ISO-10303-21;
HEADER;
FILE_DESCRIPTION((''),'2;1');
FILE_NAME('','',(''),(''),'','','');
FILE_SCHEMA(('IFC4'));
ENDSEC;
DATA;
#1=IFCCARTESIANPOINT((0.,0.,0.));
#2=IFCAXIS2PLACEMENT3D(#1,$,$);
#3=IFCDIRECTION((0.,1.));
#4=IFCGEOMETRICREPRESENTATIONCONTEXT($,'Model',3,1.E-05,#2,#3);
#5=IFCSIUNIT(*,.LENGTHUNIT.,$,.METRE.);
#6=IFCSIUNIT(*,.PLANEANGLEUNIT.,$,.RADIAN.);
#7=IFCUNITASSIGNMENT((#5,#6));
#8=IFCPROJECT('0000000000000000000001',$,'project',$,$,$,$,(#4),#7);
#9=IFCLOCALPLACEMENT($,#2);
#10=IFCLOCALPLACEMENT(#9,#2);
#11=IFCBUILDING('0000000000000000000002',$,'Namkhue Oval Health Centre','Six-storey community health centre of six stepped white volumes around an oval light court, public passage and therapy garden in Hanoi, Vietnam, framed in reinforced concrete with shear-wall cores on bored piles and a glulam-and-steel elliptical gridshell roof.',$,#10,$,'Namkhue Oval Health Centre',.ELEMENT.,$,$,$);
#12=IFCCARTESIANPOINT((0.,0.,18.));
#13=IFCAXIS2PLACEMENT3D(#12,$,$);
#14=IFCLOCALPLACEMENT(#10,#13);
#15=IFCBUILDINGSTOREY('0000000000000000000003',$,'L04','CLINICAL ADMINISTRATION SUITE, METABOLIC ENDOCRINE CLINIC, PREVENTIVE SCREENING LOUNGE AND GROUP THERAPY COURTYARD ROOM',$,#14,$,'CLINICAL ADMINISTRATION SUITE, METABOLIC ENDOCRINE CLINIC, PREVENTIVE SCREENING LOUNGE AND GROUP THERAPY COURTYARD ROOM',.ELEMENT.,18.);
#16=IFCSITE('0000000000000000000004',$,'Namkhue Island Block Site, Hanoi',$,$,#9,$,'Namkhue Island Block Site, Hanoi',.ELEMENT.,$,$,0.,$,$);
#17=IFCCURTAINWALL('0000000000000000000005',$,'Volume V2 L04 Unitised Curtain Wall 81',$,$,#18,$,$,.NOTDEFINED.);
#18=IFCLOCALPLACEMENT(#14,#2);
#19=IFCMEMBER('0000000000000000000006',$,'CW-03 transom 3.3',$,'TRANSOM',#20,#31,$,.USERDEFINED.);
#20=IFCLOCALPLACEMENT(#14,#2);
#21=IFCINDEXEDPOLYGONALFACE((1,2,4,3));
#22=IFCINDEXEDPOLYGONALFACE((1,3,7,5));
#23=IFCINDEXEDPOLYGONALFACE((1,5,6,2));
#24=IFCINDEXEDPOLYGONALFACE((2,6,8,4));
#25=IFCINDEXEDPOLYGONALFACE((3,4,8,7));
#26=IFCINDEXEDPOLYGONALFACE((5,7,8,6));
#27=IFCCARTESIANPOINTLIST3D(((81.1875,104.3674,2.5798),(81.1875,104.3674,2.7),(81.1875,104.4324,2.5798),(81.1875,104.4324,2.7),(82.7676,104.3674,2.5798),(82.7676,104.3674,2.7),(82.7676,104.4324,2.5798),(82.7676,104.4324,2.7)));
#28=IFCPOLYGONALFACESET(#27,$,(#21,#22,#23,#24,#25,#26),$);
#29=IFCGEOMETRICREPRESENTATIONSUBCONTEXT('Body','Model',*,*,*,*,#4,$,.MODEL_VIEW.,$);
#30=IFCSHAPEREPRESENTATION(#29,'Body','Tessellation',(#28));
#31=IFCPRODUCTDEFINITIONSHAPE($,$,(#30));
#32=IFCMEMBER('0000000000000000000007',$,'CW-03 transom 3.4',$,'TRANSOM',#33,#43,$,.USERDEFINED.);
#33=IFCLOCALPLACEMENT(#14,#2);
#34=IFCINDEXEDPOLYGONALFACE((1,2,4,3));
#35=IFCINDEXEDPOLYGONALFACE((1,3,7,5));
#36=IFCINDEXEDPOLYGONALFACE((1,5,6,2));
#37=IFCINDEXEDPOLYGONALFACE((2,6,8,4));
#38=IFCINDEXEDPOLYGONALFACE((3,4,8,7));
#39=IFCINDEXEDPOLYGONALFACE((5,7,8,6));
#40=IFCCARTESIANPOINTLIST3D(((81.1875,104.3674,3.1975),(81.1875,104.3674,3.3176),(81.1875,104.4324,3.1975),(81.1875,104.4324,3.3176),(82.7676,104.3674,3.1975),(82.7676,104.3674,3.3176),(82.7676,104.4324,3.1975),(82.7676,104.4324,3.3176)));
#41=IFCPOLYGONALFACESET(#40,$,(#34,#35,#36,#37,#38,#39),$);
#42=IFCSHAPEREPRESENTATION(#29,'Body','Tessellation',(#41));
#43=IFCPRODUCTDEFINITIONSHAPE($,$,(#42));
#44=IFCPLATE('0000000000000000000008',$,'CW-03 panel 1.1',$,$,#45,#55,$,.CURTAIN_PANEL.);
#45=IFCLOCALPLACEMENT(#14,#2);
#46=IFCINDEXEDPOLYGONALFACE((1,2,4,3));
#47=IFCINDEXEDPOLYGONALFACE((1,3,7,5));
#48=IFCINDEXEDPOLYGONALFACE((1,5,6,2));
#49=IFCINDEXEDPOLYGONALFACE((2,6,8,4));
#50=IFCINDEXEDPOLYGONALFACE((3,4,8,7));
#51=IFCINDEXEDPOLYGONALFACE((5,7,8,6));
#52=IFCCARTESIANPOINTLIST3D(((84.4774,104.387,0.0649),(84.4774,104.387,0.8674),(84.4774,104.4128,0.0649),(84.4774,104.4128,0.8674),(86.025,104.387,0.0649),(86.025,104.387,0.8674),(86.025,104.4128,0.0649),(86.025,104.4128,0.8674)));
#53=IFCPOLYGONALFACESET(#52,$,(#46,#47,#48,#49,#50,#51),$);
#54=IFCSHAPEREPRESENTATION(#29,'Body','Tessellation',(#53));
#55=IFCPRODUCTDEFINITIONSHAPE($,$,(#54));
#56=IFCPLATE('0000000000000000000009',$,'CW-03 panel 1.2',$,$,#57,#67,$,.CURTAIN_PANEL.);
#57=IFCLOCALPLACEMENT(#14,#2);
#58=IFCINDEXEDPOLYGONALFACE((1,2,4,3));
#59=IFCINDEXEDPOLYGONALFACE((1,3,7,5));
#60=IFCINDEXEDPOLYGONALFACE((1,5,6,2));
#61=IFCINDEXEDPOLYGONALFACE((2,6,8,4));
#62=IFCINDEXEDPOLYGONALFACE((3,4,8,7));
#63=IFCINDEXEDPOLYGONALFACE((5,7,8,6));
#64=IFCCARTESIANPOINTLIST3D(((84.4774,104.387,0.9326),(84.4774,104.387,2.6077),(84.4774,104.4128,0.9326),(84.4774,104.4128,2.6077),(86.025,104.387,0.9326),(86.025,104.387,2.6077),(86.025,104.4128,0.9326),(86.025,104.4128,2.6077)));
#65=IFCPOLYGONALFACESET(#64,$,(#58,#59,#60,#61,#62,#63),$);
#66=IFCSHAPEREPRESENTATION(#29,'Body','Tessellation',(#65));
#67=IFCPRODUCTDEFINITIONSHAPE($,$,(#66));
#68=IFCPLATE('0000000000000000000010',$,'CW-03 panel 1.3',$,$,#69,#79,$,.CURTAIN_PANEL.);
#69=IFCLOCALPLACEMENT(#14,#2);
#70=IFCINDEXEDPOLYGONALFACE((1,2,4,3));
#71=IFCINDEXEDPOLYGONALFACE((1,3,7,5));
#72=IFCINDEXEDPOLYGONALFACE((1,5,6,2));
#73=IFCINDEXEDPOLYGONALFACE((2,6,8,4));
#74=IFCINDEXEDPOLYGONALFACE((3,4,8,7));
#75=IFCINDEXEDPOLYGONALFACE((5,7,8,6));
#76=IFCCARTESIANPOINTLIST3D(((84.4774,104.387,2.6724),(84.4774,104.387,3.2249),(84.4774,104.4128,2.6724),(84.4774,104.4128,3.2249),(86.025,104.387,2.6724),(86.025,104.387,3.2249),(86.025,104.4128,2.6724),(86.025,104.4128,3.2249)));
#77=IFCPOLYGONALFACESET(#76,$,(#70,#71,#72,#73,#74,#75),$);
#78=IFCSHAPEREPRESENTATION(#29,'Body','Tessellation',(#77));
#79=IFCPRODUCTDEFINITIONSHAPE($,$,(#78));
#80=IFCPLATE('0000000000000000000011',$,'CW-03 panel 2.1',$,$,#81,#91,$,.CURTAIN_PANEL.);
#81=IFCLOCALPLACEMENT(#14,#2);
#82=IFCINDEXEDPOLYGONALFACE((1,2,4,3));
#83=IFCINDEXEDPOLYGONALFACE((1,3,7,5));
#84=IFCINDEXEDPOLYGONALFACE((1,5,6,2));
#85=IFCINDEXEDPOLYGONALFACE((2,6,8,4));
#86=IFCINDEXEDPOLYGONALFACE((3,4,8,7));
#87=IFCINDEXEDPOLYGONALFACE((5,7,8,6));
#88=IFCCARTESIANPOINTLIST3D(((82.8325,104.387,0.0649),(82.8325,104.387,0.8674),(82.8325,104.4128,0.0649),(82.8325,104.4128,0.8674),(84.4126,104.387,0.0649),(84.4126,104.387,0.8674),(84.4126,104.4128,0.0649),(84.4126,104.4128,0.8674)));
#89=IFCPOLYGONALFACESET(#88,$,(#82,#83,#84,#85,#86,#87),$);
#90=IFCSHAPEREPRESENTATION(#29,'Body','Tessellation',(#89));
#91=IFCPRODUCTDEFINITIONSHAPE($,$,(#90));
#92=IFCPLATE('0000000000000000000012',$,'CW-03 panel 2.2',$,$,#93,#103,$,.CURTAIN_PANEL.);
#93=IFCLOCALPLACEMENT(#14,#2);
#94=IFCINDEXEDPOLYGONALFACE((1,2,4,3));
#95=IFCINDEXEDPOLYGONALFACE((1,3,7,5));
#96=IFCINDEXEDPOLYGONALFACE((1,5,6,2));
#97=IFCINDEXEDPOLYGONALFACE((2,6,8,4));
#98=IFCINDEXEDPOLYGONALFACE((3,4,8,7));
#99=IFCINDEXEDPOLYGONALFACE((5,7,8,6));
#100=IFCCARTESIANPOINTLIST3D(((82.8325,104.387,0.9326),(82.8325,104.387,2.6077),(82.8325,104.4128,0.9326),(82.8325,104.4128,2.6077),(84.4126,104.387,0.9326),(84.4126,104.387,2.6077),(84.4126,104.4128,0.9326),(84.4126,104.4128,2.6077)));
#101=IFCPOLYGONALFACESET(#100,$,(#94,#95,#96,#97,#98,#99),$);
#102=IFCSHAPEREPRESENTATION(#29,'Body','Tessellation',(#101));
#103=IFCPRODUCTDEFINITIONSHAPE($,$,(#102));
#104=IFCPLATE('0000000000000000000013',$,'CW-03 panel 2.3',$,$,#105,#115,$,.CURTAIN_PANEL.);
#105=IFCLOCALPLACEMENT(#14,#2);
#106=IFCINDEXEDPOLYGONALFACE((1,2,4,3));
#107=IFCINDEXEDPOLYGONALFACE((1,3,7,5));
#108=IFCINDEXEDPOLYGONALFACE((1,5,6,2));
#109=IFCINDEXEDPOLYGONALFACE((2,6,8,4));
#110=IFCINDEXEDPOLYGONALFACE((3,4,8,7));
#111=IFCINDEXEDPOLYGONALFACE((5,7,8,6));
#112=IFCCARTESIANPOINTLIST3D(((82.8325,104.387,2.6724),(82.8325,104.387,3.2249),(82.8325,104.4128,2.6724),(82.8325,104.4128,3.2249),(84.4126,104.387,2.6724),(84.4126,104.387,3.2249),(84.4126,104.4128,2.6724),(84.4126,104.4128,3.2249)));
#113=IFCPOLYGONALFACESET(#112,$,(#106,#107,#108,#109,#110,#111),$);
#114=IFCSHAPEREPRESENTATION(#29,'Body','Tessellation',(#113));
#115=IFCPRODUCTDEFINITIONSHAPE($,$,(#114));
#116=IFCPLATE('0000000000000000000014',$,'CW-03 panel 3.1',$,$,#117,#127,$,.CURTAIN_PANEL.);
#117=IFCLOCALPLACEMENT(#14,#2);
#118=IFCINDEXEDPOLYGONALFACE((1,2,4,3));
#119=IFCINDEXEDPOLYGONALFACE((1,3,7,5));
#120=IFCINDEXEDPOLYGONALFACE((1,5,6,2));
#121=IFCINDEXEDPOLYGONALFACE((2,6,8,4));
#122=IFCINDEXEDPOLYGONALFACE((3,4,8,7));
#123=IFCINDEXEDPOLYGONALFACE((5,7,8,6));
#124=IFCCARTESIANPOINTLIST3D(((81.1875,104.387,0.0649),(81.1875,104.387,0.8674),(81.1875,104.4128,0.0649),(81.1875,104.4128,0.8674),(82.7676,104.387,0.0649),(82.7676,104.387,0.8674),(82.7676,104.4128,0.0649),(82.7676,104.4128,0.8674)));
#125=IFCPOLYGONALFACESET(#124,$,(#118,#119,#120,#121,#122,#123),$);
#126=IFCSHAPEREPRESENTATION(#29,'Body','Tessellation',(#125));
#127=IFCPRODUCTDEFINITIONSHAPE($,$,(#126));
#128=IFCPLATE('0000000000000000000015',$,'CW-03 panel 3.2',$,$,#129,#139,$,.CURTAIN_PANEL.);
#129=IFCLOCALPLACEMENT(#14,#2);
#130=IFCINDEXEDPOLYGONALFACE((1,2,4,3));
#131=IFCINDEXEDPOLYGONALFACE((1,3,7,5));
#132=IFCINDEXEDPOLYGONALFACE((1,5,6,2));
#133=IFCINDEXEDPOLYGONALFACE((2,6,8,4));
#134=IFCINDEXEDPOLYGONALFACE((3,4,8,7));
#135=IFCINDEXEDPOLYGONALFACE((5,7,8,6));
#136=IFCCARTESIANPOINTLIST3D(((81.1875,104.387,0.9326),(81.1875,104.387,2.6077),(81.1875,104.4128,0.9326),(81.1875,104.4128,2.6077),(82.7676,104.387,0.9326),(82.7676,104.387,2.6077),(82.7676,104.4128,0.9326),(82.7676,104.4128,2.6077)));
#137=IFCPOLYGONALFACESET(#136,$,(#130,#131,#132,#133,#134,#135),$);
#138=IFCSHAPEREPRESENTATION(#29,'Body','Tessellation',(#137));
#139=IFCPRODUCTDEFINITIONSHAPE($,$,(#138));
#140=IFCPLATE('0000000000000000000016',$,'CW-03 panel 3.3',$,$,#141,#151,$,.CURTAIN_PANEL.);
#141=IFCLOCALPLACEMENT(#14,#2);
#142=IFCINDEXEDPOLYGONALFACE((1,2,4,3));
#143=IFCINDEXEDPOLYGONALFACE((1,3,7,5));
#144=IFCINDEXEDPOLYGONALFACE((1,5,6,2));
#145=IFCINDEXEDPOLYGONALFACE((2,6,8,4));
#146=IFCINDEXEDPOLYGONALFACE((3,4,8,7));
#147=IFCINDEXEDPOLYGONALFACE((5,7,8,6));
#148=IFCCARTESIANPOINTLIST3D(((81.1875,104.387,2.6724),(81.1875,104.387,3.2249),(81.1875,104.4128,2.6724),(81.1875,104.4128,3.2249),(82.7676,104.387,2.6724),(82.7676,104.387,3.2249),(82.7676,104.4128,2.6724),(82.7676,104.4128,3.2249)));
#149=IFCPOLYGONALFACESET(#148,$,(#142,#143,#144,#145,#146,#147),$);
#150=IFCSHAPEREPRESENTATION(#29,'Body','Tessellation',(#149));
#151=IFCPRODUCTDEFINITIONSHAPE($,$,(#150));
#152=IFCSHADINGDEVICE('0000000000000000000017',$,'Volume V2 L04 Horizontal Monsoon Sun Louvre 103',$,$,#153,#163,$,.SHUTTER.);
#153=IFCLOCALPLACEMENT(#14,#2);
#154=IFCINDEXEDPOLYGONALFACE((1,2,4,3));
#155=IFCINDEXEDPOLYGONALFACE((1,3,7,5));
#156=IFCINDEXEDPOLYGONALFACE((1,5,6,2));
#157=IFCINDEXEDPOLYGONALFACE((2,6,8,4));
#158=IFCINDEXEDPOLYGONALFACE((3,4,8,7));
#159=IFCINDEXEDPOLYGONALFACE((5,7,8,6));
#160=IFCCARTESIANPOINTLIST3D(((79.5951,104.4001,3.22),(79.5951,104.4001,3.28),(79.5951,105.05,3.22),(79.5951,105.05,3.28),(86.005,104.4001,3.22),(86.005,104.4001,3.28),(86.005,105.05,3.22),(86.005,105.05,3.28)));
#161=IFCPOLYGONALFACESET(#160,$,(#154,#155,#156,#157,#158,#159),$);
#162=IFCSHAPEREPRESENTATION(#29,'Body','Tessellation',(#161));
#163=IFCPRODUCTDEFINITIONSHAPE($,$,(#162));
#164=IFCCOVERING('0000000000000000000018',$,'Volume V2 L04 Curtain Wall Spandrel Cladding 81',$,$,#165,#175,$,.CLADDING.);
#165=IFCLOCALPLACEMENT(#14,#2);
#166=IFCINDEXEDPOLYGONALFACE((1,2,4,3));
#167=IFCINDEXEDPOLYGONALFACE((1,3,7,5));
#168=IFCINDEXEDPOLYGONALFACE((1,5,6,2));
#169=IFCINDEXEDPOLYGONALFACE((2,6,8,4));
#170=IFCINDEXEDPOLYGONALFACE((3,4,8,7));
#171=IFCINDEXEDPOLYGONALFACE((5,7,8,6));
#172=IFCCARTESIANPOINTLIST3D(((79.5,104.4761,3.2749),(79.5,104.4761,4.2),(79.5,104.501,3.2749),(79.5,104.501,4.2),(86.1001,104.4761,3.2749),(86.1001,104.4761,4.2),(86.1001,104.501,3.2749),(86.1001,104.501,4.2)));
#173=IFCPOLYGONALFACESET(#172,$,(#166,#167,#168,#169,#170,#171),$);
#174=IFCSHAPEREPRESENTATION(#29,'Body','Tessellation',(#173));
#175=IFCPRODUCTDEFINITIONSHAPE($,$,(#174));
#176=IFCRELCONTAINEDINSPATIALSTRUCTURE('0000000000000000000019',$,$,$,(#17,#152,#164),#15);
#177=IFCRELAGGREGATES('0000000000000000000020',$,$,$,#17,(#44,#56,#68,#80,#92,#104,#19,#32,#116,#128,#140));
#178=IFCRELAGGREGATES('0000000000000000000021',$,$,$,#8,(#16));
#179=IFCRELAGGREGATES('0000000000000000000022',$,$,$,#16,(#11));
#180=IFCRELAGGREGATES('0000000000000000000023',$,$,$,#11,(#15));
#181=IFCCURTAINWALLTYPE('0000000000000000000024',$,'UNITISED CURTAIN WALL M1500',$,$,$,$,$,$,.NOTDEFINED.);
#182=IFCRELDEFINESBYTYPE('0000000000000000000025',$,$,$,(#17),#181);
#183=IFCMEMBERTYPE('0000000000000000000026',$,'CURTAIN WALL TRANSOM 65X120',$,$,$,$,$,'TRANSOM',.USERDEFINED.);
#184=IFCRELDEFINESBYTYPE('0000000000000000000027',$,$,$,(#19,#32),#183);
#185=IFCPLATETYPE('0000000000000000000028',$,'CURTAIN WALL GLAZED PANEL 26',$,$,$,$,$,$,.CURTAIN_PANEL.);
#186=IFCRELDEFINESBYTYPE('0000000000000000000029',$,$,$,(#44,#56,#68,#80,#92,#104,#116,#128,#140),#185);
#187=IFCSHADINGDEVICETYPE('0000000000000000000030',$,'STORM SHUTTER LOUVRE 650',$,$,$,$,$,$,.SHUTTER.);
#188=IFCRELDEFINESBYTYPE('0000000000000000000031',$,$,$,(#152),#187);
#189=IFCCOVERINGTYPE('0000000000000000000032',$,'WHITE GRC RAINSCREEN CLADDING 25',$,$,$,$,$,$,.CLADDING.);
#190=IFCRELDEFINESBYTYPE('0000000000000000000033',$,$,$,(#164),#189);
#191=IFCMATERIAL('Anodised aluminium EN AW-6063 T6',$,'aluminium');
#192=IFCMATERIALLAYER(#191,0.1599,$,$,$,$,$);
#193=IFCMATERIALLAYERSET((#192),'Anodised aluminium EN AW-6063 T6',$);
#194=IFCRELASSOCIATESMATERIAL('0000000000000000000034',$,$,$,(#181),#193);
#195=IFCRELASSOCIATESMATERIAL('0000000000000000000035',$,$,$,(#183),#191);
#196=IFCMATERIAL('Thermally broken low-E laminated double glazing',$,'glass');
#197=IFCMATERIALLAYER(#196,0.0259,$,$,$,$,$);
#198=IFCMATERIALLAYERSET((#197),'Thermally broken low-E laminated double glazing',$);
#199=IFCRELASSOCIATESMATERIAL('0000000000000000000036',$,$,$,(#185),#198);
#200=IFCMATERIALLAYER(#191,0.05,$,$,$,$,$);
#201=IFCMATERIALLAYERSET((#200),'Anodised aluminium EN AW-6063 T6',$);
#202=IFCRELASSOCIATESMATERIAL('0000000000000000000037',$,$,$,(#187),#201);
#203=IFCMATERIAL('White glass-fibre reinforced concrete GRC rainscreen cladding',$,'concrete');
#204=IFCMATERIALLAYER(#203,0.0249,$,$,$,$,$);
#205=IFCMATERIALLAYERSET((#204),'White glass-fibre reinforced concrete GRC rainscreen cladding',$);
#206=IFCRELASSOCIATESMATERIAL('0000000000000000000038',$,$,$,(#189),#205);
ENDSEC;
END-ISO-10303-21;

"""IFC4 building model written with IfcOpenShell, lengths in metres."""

from ifc_helpers import new_model, si_unit, direction, frame, origin, origin_2d, place, context, subcontext, project, spatial, rectangle, extrude, material, layer, layer_set, material_profile, profile_set, type_object, element, aggregate, save


model = new_model("IFC4")

# Units and contexts
model_context = context("Model", 3, precision=1e-05, world=origin(), true_north=direction((0.0, 1.0)))
body_context = subcontext(model_context, "Body", "Model", "MODEL_VIEW")
ifc_project = project(units=[si_unit("LENGTHUNIT", "METRE"), si_unit("PLANEANGLEUNIT", "RADIAN")], contexts=[model_context])

# Site, building, storey
site_placement = place(None, origin())
site = spatial("IfcSite", under=ifc_project, at=site_placement, Name="Namkhue Island Block Site, Hanoi", LongName="Namkhue Island Block Site, Hanoi", CompositionType="ELEMENT", RefElevation=0.0)
building_placement = place(site_placement, origin())
building = spatial("IfcBuilding", under=site, at=building_placement, Name="Namkhue Oval Health Centre", Description="Six-storey community health centre of six stepped white volumes around an oval light court, public passage and therapy garden in Hanoi, Vietnam, framed in reinforced concrete with shear-wall cores on bored piles and a glulam-and-steel elliptical gridshell roof.", LongName="Namkhue Oval Health Centre", CompositionType="ELEMENT")
storey_placement = place(building_placement, frame((0.0, 0.0, 18.0)))
storey = spatial("IfcBuildingStorey", under=building, at=storey_placement, Name="L04", Description="CLINICAL ADMINISTRATION SUITE, METABOLIC ENDOCRINE CLINIC, PREVENTIVE SCREENING LOUNGE AND GROUP THERAPY COURTYARD ROOM", LongName="CLINICAL ADMINISTRATION SUITE, METABOLIC ENDOCRINE CLINIC, PREVENTIVE SCREENING LOUNGE AND GROUP THERAPY COURTYARD ROOM", CompositionType="ELEMENT", Elevation=18.0)

# Curtain wall
ifc_material_1 = material(Name="Anodised aluminium EN AW-6063 T6", Category="aluminium")
ifc_layer_1 = layer(ifc_material_1, 0.1599)
ifc_layer_set_1 = layer_set([ifc_layer_1], Name="Anodised aluminium EN AW-6063 T6")
curtain_wall_type_1 = type_object("IfcCurtainWallType", Name="UNITISED CURTAIN WALL M1500", PredefinedType="NOTDEFINED", material=ifc_layer_set_1)
curtain_wall_1_placement = place(storey_placement, origin())
curtain_wall_1 = element("IfcCurtainWall", 1, at=curtain_wall_1_placement, inside=storey, type_object=curtain_wall_type_1, Name="Volume V2 L04 Unitised Curtain Wall 81", PredefinedType="NOTDEFINED")

# Shared definitions
ifc_material_profile_1 = material_profile(ifc_material_1, rectangle(XDim=0.0649, YDim=0.1201, at=origin_2d()), Name="ALU 65x120")
ifc_profile_set_1 = profile_set([ifc_material_profile_1], Name="Anodised aluminium EN AW-6063 T6")
member_type_1 = type_object("IfcMemberType", Name="CURTAIN WALL TRANSOM 65X120", ElementType="TRANSOM", PredefinedType="USERDEFINED", material=ifc_profile_set_1)

# Members
member_1_placement = place(storey_placement, frame((82.7676, 104.3999, 2.6399), z_axis=(-1.0, 0.0, 0.0), x_axis=(0.0, -1.0, 0.0)))
member_1 = element("IfcMember", 2, at=member_1_placement, type_object=member_type_1, Name="CW-03 transom 3.3", ObjectType="TRANSOM", PredefinedType="USERDEFINED", context=body_context, shape_type="SweptSolid", body=[
    extrude(rectangle(XDim=0.0649, YDim=0.1201, at=origin_2d()), origin(), (0.0, 0.0, 1.0), 1.5801),
])
member_2_placement = place(storey_placement, frame((82.7676, 104.3999, 3.2576), z_axis=(-1.0, 0.0, 0.0), x_axis=(0.0, -1.0, 0.0)))
member_2 = element("IfcMember", 3, at=member_2_placement, type_object=member_type_1, Name="CW-03 transom 3.4", ObjectType="TRANSOM", PredefinedType="USERDEFINED", context=body_context, shape_type="SweptSolid", body=[
    extrude(rectangle(XDim=0.0649, YDim=0.1201, at=origin_2d()), origin(), (0.0, 0.0, 1.0), 1.5801),
])

# Plates
ifc_material_2 = material(Name="Thermally broken low-E laminated double glazing", Category="glass")
ifc_layer_2 = layer(ifc_material_2, 0.0259)
ifc_layer_set_2 = layer_set([ifc_layer_2], Name="Thermally broken low-E laminated double glazing")
plate_type = type_object("IfcPlateType", Name="CURTAIN WALL GLAZED PANEL 26", PredefinedType="CURTAIN_PANEL", material=ifc_layer_set_2)
plate_1_placement = place(storey_placement, frame((85.2512, 104.3999, 0.0649), z_axis=(0.0, 0.0, 1.0), x_axis=(-1.0, 0.0, 0.0)))
plate_1 = element("IfcPlate", 4, at=plate_1_placement, type_object=plate_type, Name="CW-03 panel 1.1", PredefinedType="CURTAIN_PANEL", context=body_context, shape_type="SweptSolid", body=[
    extrude(rectangle(XDim=1.5476, YDim=0.0259, at=origin_2d()), origin(), (0.0, 0.0, 1.0), 0.8025),
])
plate_2_placement = place(storey_placement, frame((85.2512, 104.3999, 0.9326), z_axis=(0.0, 0.0, 1.0), x_axis=(-1.0, 0.0, 0.0)))
plate_2 = element("IfcPlate", 5, at=plate_2_placement, type_object=plate_type, Name="CW-03 panel 1.2", PredefinedType="CURTAIN_PANEL", context=body_context, shape_type="SweptSolid", body=[
    extrude(rectangle(XDim=1.5476, YDim=0.0259, at=origin_2d()), origin(), (0.0, 0.0, 1.0), 1.675),
])
plate_3_placement = place(storey_placement, frame((85.2512, 104.3999, 2.6724), z_axis=(0.0, 0.0, 1.0), x_axis=(-1.0, 0.0, 0.0)))
plate_3 = element("IfcPlate", 6, at=plate_3_placement, type_object=plate_type, Name="CW-03 panel 1.3", PredefinedType="CURTAIN_PANEL", context=body_context, shape_type="SweptSolid", body=[
    extrude(rectangle(XDim=1.5476, YDim=0.0259, at=origin_2d()), origin(), (0.0, 0.0, 1.0), 0.5525),
])
plate_4_placement = place(storey_placement, frame((83.6226, 104.3999, 0.0649), z_axis=(0.0, 0.0, 1.0), x_axis=(-1.0, 0.0, 0.0)))
plate_4 = element("IfcPlate", 7, at=plate_4_placement, type_object=plate_type, Name="CW-03 panel 2.1", PredefinedType="CURTAIN_PANEL", context=body_context, shape_type="SweptSolid", body=[
    extrude(rectangle(XDim=1.5801, YDim=0.0259, at=origin_2d()), origin(), (0.0, 0.0, 1.0), 0.8025),
])
plate_5_placement = place(storey_placement, frame((83.6226, 104.3999, 0.9326), z_axis=(0.0, 0.0, 1.0), x_axis=(-1.0, 0.0, 0.0)))
plate_5 = element("IfcPlate", 8, at=plate_5_placement, type_object=plate_type, Name="CW-03 panel 2.2", PredefinedType="CURTAIN_PANEL", context=body_context, shape_type="SweptSolid", body=[
    extrude(rectangle(XDim=1.5801, YDim=0.0259, at=origin_2d()), origin(), (0.0, 0.0, 1.0), 1.675),
])
plate_6_placement = place(storey_placement, frame((83.6226, 104.3999, 2.6724), z_axis=(0.0, 0.0, 1.0), x_axis=(-1.0, 0.0, 0.0)))
plate_6 = element("IfcPlate", 9, at=plate_6_placement, type_object=plate_type, Name="CW-03 panel 2.3", PredefinedType="CURTAIN_PANEL", context=body_context, shape_type="SweptSolid", body=[
    extrude(rectangle(XDim=1.5801, YDim=0.0259, at=origin_2d()), origin(), (0.0, 0.0, 1.0), 0.5525),
])
plate_7_placement = place(storey_placement, frame((81.9775, 104.3999, 0.0649), z_axis=(0.0, 0.0, 1.0), x_axis=(-1.0, 0.0, 0.0)))
plate_7 = element("IfcPlate", 10, at=plate_7_placement, type_object=plate_type, Name="CW-03 panel 3.1", PredefinedType="CURTAIN_PANEL", context=body_context, shape_type="SweptSolid", body=[
    extrude(rectangle(XDim=1.5801, YDim=0.0259, at=origin_2d()), origin(), (0.0, 0.0, 1.0), 0.8025),
])
plate_8_placement = place(storey_placement, frame((81.9775, 104.3999, 0.9326), z_axis=(0.0, 0.0, 1.0), x_axis=(-1.0, 0.0, 0.0)))
plate_8 = element("IfcPlate", 11, at=plate_8_placement, type_object=plate_type, Name="CW-03 panel 3.2", PredefinedType="CURTAIN_PANEL", context=body_context, shape_type="SweptSolid", body=[
    extrude(rectangle(XDim=1.5801, YDim=0.0259, at=origin_2d()), origin(), (0.0, 0.0, 1.0), 1.675),
])
plate_9_placement = place(storey_placement, frame((81.9775, 104.3999, 2.6724), z_axis=(0.0, 0.0, 1.0), x_axis=(-1.0, 0.0, 0.0)))
plate_9 = element("IfcPlate", 12, at=plate_9_placement, type_object=plate_type, Name="CW-03 panel 3.3", PredefinedType="CURTAIN_PANEL", context=body_context, shape_type="SweptSolid", body=[
    extrude(rectangle(XDim=1.5801, YDim=0.0259, at=origin_2d()), origin(), (0.0, 0.0, 1.0), 0.5525),
])
aggregate(curtain_wall_1, [plate_1, plate_2, plate_3, plate_4, plate_5, plate_6, member_1, member_2, plate_7, plate_8, plate_9])

# Shading device
ifc_layer_3 = layer(ifc_material_1, 0.05)
ifc_layer_set_3 = layer_set([ifc_layer_3], Name="Anodised aluminium EN AW-6063 T6")
shading_device_type = type_object("IfcShadingDeviceType", Name="STORM SHUTTER LOUVRE 650", PredefinedType="SHUTTER", material=ifc_layer_set_3)
shading_device_placement = place(storey_placement, frame((82.8, 104.7251, 3.22), z_axis=(0.0, 0.0, 1.0), x_axis=(-1.0, 0.0, 0.0)))
element("IfcShadingDevice", 13, at=shading_device_placement, inside=storey, type_object=shading_device_type, Name="Volume V2 L04 Horizontal Monsoon Sun Louvre 103", PredefinedType="SHUTTER", context=body_context, shape_type="SweptSolid", body=[
    extrude(rectangle(XDim=6.4099, YDim=0.6499, at=origin_2d()), origin(), (0.0, 0.0, 1.0), 0.0601),
])

# Covering
ifc_material_3 = material(Name="White glass-fibre reinforced concrete GRC rainscreen cladding", Category="concrete")
ifc_layer_4 = layer(ifc_material_3, 0.0249)
ifc_layer_set_4 = layer_set([ifc_layer_4], Name="White glass-fibre reinforced concrete GRC rainscreen cladding")
covering_type = type_object("IfcCoveringType", Name="WHITE GRC RAINSCREEN CLADDING 25", PredefinedType="CLADDING", material=ifc_layer_set_4)
covering_placement = place(storey_placement, frame((82.8, 104.4885, 3.2749), z_axis=(0.0, 0.0, 1.0), x_axis=(-1.0, 0.0, 0.0)))
element("IfcCovering", 14, at=covering_placement, inside=storey, type_object=covering_type, Name="Volume V2 L04 Curtain Wall Spandrel Cladding 81", PredefinedType="CLADDING", context=body_context, shape_type="SweptSolid", body=[
    extrude(rectangle(XDim=6.6001, YDim=0.0249, at=origin_2d()), origin(), (0.0, 0.0, 1.0), 0.925),
])

save(model, "model.ifc")
